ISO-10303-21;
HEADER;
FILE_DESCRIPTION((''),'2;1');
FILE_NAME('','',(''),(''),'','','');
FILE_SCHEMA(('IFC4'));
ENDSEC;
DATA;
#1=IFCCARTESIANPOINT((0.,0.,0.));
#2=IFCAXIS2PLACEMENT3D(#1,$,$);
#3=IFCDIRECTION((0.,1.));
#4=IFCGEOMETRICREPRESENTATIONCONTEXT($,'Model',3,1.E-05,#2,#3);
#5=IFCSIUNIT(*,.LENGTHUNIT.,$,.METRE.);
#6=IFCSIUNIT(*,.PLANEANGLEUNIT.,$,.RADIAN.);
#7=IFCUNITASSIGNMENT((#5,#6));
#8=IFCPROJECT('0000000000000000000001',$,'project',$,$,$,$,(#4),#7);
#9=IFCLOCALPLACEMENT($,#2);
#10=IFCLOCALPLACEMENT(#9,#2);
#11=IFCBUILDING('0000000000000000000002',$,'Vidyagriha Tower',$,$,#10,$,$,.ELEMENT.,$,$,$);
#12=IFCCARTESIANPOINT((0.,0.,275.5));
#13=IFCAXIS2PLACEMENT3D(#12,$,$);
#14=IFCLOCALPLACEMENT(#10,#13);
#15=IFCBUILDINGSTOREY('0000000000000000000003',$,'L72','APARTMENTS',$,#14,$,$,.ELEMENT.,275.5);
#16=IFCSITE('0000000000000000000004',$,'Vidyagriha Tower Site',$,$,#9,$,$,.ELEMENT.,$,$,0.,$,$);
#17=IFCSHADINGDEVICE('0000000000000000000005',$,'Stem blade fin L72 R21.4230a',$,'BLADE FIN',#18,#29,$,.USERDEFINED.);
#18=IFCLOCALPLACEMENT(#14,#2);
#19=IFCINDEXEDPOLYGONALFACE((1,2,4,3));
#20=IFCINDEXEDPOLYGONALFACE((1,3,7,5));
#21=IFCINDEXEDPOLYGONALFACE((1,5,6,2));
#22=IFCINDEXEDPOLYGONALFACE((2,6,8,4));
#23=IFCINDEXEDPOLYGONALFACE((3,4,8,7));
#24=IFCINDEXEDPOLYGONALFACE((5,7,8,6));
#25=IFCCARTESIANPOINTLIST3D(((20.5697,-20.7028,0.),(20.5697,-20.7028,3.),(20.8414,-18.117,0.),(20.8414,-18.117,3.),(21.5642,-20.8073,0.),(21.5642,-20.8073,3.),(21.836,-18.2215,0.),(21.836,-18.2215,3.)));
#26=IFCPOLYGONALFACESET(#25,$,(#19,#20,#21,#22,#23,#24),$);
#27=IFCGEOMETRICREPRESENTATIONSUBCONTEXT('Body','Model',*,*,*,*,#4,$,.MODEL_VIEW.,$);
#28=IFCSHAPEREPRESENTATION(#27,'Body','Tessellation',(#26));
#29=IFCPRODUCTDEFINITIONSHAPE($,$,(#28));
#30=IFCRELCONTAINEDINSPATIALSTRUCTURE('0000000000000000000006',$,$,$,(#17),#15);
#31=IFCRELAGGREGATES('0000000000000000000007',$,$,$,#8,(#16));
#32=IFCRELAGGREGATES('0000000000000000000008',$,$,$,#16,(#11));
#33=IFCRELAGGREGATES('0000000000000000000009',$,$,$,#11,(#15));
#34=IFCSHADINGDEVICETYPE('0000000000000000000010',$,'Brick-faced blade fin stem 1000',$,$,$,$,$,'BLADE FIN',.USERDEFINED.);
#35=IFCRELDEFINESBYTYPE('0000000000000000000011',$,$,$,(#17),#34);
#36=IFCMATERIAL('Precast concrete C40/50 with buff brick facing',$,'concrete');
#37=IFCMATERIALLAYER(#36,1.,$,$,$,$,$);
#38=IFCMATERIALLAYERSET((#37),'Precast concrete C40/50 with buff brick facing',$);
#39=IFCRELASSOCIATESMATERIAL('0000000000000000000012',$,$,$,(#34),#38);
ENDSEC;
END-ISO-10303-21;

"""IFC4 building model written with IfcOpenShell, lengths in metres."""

from ifc_helpers import new_model, si_unit, direction, frame, origin, place, context, subcontext, project, spatial, polyline, outline, extrude, material, layer, layer_set, type_object, element, save


model = new_model("IFC4")

# Units and contexts
model_context = context("Model", 3, precision=1e-05, world=origin(), true_north=direction((0.0, 1.0)))
body_context = subcontext(model_context, "Body", "Model", "MODEL_VIEW")
ifc_project = project(units=[si_unit("LENGTHUNIT", "METRE"), si_unit("PLANEANGLEUNIT", "RADIAN")], contexts=[model_context])

# Site, building, storey
site_placement = place(None, origin())
site = spatial("IfcSite", under=ifc_project, at=site_placement, Name="Vidyagriha Tower Site", CompositionType="ELEMENT", RefElevation=0.0)
building_placement = place(site_placement, origin())
building = spatial("IfcBuilding", under=site, at=building_placement, Name="Vidyagriha Tower", CompositionType="ELEMENT")
storey_placement = place(building_placement, frame((0.0, 0.0, 275.5)))
storey = spatial("IfcBuildingStorey", under=building, at=storey_placement, Name="L72", Description="APARTMENTS", CompositionType="ELEMENT", Elevation=275.5)

# Shading device
ifc_material_1 = material(Name="Precast concrete C40/50 with buff brick facing", Category="concrete")
ifc_layer_1 = layer(ifc_material_1, 1.0)
ifc_layer_set_1 = layer_set([ifc_layer_1], Name="Precast concrete C40/50 with buff brick facing")
shading_device_type_1 = type_object("IfcShadingDeviceType", Name="Brick-faced blade fin stem 1000", ElementType="BLADE FIN", PredefinedType="USERDEFINED", material=ifc_layer_set_1)
shading_device_1_placement = place(storey_placement, frame((20.7056, -19.4099, 0.0), z_axis=(0.0, 0.0, 1.0), x_axis=(0.994524, -0.104507, 0.0)))
element("IfcShadingDevice", 1, at=shading_device_1_placement, inside=storey, type_object=shading_device_type_1, Name="Stem blade fin L72 R21.4230a", ObjectType="BLADE FIN", PredefinedType="USERDEFINED", context=body_context, shape_type="SweptSolid", body=[
    extrude(outline(polyline([(0.0, 0.0), (1.0, 0.0), (1.0, 3.0), (0.0, 3.0), (0.0, 0.0)])), frame((0.0, 1.3, 0.0), z_axis=(0.0, -1.0, 0.0), x_axis=(1.0, 0.0, 0.0)), (0.0, 0.0, 1.0), 2.6001),
])

save(model, "model.ifc")
